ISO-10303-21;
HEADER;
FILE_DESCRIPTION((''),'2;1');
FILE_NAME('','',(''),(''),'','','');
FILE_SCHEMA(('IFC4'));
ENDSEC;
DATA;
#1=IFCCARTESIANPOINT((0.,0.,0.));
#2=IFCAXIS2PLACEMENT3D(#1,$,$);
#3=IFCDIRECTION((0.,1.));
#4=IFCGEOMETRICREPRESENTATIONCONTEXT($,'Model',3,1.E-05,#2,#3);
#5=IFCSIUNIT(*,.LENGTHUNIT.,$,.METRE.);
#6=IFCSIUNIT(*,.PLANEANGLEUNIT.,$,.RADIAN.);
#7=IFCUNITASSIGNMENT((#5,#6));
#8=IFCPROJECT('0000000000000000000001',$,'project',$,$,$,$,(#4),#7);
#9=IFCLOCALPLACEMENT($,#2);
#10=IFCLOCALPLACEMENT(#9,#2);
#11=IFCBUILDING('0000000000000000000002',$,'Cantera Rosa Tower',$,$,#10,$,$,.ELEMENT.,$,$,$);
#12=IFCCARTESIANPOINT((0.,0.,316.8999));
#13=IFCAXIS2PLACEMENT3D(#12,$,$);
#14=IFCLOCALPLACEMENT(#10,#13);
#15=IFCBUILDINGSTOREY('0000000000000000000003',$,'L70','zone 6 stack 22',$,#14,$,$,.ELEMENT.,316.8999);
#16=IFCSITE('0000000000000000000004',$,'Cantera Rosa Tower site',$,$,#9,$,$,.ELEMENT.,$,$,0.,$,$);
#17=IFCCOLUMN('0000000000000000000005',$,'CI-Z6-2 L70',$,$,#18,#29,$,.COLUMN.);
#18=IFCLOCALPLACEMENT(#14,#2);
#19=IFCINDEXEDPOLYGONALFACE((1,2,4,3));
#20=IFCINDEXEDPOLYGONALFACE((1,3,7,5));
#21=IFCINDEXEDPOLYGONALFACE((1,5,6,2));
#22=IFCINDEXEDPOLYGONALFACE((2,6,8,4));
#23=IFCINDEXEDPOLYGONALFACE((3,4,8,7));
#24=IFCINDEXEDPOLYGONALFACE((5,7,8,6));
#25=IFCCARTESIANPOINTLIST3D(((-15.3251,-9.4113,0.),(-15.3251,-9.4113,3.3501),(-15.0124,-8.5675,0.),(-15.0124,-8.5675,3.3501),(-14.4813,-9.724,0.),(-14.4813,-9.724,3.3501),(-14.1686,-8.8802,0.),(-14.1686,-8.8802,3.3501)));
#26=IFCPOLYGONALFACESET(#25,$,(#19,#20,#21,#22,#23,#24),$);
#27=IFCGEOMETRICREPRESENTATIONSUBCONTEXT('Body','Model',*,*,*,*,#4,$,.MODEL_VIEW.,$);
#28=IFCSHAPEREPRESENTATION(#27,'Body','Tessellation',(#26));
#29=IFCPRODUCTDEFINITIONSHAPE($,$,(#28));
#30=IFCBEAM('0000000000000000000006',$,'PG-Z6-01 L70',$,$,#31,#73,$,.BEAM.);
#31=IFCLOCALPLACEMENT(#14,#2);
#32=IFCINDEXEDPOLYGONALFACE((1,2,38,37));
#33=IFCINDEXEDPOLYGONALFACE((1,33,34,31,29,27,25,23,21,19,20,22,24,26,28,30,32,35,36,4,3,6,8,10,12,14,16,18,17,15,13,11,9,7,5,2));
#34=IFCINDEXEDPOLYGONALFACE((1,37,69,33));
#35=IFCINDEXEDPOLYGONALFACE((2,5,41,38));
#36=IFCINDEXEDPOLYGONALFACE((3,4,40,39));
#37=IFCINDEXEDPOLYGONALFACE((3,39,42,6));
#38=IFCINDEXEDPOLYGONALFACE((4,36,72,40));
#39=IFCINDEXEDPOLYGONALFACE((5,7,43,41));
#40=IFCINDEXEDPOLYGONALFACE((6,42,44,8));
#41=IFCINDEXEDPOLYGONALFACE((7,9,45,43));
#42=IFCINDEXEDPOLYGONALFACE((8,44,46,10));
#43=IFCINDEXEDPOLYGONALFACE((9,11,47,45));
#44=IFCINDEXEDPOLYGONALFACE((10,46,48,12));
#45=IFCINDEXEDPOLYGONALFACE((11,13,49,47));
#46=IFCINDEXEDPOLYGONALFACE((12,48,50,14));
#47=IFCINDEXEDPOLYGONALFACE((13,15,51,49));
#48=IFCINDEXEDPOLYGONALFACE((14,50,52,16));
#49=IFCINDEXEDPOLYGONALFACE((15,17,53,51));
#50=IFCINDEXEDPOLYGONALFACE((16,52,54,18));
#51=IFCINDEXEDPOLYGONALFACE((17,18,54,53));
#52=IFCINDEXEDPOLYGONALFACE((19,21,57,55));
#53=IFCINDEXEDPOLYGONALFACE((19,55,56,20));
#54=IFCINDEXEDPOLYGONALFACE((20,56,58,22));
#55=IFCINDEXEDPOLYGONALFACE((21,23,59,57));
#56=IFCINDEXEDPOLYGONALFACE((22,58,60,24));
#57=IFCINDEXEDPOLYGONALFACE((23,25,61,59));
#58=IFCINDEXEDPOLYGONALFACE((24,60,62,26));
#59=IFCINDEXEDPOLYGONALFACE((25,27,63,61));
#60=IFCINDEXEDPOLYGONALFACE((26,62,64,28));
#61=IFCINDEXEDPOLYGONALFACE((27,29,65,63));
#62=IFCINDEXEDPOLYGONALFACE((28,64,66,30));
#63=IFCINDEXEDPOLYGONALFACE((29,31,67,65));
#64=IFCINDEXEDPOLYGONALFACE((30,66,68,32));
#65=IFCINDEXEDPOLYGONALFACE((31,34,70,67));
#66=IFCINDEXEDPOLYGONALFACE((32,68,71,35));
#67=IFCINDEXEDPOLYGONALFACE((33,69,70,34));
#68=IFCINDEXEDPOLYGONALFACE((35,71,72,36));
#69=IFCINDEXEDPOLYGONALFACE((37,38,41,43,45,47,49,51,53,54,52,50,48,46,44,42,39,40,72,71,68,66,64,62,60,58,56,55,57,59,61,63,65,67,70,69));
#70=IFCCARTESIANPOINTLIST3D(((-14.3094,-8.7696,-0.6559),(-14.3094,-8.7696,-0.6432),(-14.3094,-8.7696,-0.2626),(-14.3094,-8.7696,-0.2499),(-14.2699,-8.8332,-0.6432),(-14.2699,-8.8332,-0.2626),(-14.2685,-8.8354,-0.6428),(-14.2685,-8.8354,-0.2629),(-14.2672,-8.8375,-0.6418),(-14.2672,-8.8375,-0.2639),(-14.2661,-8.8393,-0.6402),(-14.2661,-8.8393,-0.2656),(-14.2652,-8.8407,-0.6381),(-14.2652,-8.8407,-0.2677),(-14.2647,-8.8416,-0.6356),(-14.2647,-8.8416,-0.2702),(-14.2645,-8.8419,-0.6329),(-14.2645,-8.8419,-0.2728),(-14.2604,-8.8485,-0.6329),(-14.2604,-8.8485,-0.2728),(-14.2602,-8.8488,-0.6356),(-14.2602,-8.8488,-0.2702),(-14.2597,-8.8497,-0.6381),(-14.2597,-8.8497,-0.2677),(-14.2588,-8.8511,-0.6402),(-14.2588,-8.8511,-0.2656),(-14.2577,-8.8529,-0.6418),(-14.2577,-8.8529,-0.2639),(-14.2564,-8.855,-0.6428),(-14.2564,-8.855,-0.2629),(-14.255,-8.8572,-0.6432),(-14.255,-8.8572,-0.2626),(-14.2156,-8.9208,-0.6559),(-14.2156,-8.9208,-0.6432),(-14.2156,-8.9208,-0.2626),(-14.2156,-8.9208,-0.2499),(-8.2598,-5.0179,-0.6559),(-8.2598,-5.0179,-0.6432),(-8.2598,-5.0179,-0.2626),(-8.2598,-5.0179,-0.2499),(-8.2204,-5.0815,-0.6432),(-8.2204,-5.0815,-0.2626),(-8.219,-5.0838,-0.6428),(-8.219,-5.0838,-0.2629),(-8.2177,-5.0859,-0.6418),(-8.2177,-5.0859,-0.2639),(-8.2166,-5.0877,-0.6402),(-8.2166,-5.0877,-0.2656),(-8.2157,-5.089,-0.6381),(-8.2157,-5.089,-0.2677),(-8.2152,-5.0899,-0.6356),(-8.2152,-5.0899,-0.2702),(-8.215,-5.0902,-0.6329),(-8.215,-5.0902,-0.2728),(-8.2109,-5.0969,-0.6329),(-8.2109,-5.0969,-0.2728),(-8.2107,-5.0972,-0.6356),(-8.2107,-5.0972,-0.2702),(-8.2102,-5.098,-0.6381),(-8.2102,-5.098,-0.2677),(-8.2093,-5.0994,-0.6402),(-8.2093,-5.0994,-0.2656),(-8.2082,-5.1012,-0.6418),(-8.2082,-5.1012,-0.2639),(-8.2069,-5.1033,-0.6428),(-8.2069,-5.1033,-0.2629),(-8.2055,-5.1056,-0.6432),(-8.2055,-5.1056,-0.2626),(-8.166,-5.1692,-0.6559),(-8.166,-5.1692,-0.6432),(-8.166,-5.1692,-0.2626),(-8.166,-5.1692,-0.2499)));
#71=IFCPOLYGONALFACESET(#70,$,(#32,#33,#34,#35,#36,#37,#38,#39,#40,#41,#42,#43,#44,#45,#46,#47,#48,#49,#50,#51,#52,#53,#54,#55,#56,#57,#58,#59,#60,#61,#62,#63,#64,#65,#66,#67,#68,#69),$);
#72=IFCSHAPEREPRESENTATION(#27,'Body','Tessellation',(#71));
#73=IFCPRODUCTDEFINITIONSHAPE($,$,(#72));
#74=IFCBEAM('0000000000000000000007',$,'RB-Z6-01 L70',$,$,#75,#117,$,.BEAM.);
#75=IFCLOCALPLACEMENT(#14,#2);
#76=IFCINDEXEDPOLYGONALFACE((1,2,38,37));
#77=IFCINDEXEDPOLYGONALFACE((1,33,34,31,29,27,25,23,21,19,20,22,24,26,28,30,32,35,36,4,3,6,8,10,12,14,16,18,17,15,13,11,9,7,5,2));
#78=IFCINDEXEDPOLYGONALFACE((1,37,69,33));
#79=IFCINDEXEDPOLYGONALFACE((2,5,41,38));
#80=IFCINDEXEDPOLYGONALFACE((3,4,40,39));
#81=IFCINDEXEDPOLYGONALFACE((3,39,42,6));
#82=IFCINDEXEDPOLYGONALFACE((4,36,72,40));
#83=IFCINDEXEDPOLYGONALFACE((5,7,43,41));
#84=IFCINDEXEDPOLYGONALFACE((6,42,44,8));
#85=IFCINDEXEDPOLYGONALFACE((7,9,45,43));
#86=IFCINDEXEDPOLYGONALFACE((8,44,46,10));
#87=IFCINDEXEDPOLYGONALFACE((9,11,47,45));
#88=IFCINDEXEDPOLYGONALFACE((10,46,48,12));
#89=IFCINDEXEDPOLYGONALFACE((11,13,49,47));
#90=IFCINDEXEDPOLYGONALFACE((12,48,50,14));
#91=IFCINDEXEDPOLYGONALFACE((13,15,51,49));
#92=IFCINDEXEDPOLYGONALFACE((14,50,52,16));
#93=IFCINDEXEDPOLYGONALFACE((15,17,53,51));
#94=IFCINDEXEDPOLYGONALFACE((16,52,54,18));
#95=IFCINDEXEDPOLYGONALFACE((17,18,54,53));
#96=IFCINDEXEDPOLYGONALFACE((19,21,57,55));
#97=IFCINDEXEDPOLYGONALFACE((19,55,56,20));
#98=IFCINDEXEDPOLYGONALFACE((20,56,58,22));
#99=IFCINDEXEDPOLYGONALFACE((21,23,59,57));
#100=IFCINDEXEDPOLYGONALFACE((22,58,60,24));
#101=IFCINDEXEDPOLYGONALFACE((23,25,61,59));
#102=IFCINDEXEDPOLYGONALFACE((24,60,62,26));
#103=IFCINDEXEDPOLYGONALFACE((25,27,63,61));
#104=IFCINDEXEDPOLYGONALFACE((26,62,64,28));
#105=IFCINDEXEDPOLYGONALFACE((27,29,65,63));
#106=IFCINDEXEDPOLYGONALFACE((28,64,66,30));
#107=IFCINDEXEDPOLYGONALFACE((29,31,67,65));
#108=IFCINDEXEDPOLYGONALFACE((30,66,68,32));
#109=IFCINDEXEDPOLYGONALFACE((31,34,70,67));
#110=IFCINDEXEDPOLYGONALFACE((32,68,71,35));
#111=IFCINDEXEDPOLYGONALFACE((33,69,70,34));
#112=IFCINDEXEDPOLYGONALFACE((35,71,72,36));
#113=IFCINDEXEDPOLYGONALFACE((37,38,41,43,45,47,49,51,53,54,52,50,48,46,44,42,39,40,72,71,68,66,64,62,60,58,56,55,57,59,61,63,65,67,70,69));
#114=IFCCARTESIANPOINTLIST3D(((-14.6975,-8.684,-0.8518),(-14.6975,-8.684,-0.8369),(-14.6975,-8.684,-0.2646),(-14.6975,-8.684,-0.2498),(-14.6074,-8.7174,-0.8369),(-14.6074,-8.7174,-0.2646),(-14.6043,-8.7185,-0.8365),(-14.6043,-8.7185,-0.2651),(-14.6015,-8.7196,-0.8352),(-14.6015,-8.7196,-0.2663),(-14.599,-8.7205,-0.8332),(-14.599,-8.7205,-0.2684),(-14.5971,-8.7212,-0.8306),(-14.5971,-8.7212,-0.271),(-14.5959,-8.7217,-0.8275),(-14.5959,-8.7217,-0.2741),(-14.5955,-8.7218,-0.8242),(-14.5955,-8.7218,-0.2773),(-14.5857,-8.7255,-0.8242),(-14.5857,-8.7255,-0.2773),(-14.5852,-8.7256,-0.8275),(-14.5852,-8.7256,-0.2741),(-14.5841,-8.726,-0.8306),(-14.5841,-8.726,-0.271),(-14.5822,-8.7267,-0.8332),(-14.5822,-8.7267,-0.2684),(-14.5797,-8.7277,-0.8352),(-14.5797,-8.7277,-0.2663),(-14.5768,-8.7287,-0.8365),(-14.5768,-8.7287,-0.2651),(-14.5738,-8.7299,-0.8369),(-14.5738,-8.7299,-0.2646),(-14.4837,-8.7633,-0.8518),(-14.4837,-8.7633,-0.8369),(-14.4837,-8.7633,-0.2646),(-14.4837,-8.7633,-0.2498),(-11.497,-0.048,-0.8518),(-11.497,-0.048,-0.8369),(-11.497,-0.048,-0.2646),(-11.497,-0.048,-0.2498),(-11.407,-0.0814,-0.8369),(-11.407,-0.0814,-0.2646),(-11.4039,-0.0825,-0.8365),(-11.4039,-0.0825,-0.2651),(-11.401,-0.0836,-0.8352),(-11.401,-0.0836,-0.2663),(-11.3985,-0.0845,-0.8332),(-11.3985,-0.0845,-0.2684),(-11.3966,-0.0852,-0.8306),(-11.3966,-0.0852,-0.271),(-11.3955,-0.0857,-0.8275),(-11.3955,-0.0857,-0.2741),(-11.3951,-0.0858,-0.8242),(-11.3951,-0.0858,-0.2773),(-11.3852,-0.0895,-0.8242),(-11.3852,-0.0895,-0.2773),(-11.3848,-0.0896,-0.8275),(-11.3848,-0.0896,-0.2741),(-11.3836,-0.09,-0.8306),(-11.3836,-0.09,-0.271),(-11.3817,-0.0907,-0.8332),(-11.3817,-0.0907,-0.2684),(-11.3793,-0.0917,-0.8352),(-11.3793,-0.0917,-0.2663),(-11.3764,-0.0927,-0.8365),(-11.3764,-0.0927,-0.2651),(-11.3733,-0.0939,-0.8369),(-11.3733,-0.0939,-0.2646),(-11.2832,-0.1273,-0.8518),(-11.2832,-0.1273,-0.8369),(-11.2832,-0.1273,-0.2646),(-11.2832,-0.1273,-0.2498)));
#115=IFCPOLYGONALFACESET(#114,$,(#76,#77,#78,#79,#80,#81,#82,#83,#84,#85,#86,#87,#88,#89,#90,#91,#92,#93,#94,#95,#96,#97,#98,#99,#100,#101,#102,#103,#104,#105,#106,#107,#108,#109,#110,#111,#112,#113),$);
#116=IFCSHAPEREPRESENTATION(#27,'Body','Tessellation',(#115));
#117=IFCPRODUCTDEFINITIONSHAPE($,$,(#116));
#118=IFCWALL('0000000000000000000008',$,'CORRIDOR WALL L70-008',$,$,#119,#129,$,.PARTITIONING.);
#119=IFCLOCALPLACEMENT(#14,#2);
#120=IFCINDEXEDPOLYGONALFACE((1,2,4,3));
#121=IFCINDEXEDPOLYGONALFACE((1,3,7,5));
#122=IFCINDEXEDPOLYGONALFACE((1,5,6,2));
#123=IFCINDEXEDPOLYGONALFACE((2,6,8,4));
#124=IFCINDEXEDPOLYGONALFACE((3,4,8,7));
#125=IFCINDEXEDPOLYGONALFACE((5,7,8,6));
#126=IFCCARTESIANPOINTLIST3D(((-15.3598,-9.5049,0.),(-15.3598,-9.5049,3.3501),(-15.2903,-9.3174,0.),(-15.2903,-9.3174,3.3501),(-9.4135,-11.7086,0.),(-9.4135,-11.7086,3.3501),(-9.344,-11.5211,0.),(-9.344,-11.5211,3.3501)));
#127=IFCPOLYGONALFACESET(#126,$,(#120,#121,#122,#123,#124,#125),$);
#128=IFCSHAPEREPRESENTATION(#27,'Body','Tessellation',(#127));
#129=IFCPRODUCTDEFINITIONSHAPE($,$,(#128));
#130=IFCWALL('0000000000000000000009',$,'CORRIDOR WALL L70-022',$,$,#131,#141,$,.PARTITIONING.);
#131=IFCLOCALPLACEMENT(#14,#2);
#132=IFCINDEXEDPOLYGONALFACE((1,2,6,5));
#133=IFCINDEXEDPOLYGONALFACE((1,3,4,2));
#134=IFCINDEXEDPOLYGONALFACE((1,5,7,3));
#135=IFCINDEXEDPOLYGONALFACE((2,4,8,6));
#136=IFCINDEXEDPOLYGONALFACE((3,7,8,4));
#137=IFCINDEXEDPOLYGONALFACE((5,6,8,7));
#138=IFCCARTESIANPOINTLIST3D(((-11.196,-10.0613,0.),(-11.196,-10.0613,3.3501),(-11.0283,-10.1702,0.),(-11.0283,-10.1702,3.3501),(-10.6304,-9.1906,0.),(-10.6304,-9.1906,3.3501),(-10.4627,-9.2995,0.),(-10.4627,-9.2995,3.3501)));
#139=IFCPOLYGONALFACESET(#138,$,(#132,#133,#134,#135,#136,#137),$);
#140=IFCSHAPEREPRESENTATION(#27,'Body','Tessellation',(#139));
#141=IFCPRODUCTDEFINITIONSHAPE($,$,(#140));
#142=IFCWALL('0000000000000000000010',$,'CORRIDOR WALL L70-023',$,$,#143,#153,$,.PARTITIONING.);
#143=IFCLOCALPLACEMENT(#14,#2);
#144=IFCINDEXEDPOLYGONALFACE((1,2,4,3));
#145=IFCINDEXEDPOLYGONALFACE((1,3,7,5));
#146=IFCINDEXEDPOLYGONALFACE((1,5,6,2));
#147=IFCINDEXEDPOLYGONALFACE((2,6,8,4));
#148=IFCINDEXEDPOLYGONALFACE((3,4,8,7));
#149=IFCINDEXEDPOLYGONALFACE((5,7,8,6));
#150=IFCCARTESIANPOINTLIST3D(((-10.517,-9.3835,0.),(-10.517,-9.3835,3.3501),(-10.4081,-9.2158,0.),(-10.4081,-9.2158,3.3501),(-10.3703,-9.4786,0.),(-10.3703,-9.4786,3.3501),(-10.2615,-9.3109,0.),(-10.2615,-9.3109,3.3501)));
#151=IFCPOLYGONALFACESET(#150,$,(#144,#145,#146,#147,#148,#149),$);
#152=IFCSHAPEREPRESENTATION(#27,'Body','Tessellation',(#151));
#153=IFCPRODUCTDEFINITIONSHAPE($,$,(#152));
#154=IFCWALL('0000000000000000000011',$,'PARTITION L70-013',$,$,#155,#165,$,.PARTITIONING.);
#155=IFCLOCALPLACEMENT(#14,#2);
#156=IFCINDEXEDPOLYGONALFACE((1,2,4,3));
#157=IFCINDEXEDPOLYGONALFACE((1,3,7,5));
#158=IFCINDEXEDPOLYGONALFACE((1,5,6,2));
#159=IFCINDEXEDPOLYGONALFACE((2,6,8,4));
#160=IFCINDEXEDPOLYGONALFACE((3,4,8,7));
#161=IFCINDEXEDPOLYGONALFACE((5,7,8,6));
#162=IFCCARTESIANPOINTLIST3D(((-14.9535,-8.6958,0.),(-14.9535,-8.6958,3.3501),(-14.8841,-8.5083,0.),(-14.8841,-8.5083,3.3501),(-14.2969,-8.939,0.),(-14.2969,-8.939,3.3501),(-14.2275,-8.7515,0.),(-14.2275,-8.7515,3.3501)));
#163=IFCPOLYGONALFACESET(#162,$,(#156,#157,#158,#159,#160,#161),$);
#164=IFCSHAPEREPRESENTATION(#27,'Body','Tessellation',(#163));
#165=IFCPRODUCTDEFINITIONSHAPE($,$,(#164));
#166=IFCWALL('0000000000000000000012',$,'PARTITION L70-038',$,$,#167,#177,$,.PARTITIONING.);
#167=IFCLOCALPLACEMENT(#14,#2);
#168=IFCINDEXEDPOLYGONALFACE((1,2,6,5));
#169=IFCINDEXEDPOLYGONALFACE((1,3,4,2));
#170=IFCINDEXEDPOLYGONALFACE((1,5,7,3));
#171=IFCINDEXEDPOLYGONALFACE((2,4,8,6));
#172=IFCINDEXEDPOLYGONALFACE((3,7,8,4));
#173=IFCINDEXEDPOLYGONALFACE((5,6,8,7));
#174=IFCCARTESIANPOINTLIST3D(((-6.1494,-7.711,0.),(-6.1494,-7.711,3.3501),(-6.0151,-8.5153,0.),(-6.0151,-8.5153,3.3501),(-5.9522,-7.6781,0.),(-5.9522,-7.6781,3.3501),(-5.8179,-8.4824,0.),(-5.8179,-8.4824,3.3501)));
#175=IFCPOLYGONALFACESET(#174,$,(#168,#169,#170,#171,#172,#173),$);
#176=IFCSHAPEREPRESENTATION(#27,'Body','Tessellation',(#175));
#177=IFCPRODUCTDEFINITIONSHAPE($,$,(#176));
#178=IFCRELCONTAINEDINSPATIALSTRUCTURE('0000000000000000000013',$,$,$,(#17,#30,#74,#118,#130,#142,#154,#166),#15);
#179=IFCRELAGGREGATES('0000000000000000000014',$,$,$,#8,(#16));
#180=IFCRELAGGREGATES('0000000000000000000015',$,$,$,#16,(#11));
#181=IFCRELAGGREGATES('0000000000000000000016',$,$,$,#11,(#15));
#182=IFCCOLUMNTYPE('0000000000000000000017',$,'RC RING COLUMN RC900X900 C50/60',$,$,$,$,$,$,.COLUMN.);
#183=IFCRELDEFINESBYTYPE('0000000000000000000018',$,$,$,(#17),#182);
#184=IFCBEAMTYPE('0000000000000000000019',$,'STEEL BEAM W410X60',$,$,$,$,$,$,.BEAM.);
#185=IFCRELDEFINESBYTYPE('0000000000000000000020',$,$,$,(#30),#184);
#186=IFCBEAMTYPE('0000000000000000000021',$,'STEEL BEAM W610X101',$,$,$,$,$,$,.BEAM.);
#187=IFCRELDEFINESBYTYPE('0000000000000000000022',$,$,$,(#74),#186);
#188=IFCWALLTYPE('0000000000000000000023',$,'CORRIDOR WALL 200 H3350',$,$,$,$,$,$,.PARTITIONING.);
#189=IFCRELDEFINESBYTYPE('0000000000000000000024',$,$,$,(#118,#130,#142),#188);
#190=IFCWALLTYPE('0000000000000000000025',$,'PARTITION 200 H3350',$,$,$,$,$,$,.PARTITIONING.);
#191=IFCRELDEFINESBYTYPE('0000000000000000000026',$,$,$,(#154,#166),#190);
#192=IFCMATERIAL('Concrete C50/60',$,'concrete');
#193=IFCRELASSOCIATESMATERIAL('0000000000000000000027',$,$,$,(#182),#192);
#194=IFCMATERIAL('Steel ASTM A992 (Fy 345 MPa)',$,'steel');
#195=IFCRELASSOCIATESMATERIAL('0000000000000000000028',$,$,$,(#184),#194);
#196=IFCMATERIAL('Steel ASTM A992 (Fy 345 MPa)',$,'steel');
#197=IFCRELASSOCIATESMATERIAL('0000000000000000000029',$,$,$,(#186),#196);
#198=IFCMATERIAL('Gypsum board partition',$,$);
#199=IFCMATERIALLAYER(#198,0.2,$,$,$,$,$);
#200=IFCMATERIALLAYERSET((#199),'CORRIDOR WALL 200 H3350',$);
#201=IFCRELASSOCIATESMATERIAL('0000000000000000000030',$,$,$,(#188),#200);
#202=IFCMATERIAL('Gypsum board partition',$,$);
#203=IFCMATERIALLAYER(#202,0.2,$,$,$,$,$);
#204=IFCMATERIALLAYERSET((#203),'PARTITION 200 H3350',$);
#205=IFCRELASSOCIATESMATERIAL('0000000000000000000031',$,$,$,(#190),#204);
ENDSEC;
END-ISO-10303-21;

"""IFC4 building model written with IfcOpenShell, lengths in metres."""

from ifc_helpers import new_model, si_unit, direction, frame, frame_2d, origin, origin_2d, place, context, subcontext, project, spatial, rectangle, i_section, extrude, material, layer, layer_set, material_profile, profile_set, type_object, element, save


model = new_model("IFC4")

# Units and contexts
model_context = context("Model", 3, precision=1e-05, world=origin(), true_north=direction((0.0, 1.0)))
body_context = subcontext(model_context, "Body", "Model", "MODEL_VIEW")
ifc_project = project(units=[si_unit("LENGTHUNIT", "METRE"), si_unit("PLANEANGLEUNIT", "RADIAN")], contexts=[model_context])

# Site, building, storey
site_placement = place(None, origin())
site = spatial("IfcSite", under=ifc_project, at=site_placement, Name="Cantera Rosa Tower site", CompositionType="ELEMENT", RefElevation=0.0)
building_placement = place(site_placement, origin())
building = spatial("IfcBuilding", under=site, at=building_placement, Name="Cantera Rosa Tower", CompositionType="ELEMENT")
storey_placement = place(building_placement, frame((0.0, 0.0, 316.8999)))
storey = spatial("IfcBuildingStorey", under=building, at=storey_placement, Name="L70", Description="zone 6 stack 22", CompositionType="ELEMENT", Elevation=316.8999)

# Column
ifc_material_1 = material(Name="Concrete C50/60", Category="concrete")
ifc_material_profile_1 = material_profile(ifc_material_1, rectangle(XDim=0.8999, YDim=0.8999, at=origin_2d()), Name="RC RING COLUMN RC900X900 C50/60")
ifc_profile_set_1 = profile_set([ifc_material_profile_1], Name="Concrete C50/60")
column_type = type_object("IfcColumnType", Name="RC RING COLUMN RC900X900 C50/60", PredefinedType="COLUMN", material=ifc_profile_set_1)
column_placement = place(storey_placement, frame((-14.7468, -9.1458, 0.0), z_axis=(0.0, 0.0, 1.0), x_axis=(0.347481, 0.937687, 0.0)))
element("IfcColumn", 1, at=column_placement, inside=storey, type_object=column_type, Name="CI-Z6-2 L70", PredefinedType="COLUMN", context=body_context, shape_type="SweptSolid", body=[
    extrude(rectangle(XDim=0.8999, YDim=0.8999, at=origin_2d()), origin(), (0.0, 0.0, 1.0), 3.3501),
])

# Beams
ifc_material_2 = material(Name="Steel ASTM A992 (Fy 345 MPa)", Category="steel")
ifc_material_profile_2 = material_profile(ifc_material_2, i_section(OverallWidth=0.178, OverallDepth=0.406, WebThickness=0.0078, FlangeThickness=0.0127, FilletRadius=0.0103, at=origin_2d()), Name="W410X60")
ifc_profile_set_2 = profile_set([ifc_material_profile_2], Name="Steel ASTM A992 (Fy 345 MPa)")
beam_type_1 = type_object("IfcBeamType", Name="STEEL BEAM W410X60", PredefinedType="BEAM", material=ifc_profile_set_2)
beam_1_placement = place(storey_placement, frame((-14.2625, -8.8452, -0.4529), z_axis=(0.849841, 0.527039, 0.0), x_axis=(-0.527039, 0.849841, 0.0)))
element("IfcBeam", 2, at=beam_1_placement, inside=storey, type_object=beam_type_1, Name="PG-Z6-01 L70", PredefinedType="BEAM", context=body_context, shape_type="SweptSolid", body=[
    extrude(i_section(OverallWidth=0.178, OverallDepth=0.406, WebThickness=0.0078, FlangeThickness=0.0127, FilletRadius=0.0103, at=origin_2d()), origin(), (0.0, 0.0, 1.0), 7.1184),
])
ifc_material_3 = material(Name="Steel ASTM A992 (Fy 345 MPa)", Category="steel")
ifc_material_profile_3 = material_profile(ifc_material_3, i_section(OverallWidth=0.228, OverallDepth=0.6021, WebThickness=0.0105, FlangeThickness=0.0149, FilletRadius=0.0127, at=origin_2d()), Name="W610X101")
ifc_profile_set_3 = profile_set([ifc_material_profile_3], Name="Steel ASTM A992 (Fy 345 MPa)")
beam_type_2 = type_object("IfcBeamType", Name="STEEL BEAM W610X101", PredefinedType="BEAM", material=ifc_profile_set_3)
beam_2_placement = place(storey_placement, frame((-14.5906, -8.7236, -0.5508), z_axis=(0.347498, 0.937681, 0.0), x_axis=(-0.937681, 0.347498, 0.0)))
element("IfcBeam", 3, at=beam_2_placement, inside=storey, type_object=beam_type_2, Name="RB-Z6-01 L70", PredefinedType="BEAM", context=body_context, shape_type="SweptSolid", body=[
    extrude(i_section(OverallWidth=0.228, OverallDepth=0.6021, WebThickness=0.0105, FlangeThickness=0.0149, FilletRadius=0.0127, at=origin_2d()), origin(), (0.0, 0.0, 1.0), 9.21),
])

# Walls
ifc_material_4 = material(Name="Gypsum board partition")
ifc_layer_1 = layer(ifc_material_4, 0.2)
ifc_layer_set_1 = layer_set([ifc_layer_1], Name="CORRIDOR WALL 200 H3350")
wall_type_1 = type_object("IfcWallType", Name="CORRIDOR WALL 200 H3350", PredefinedType="PARTITIONING", material=ifc_layer_set_1)
wall_1_placement = place(storey_placement, frame((-15.3252, -9.4111, 0.0), z_axis=(0.0, 0.0, 1.0), x_axis=(0.937683, -0.347492, 0.0)))
element("IfcWall", 4, at=wall_1_placement, inside=storey, type_object=wall_type_1, Name="CORRIDOR WALL L70-008", PredefinedType="PARTITIONING", context=body_context, shape_type="SweptSolid", body=[
    extrude(rectangle(XDim=6.3416, YDim=0.2, at=frame_2d((3.1709, 0.0))), origin(), (0.0, 0.0, 1.0), 3.3501),
])
wall_2_placement = place(storey_placement, frame((-10.5466, -9.2451, 0.0), z_axis=(0.0, 0.0, 1.0), x_axis=(-0.544732, -0.83861, 0.0)))
element("IfcWall", 5, at=wall_2_placement, inside=storey, type_object=wall_type_1, Name="CORRIDOR WALL L70-022", PredefinedType="PARTITIONING", context=body_context, shape_type="SweptSolid", body=[
    extrude(rectangle(XDim=1.0383, YDim=0.2, at=frame_2d((0.519, 0.0))), origin(), (0.0, 0.0, 1.0), 3.3501),
])
wall_3_placement = place(storey_placement, frame((-10.3159, -9.3948, 0.0), z_axis=(0.0, 0.0, 1.0), x_axis=(-0.838858, 0.54435, 0.0)))
element("IfcWall", 6, at=wall_3_placement, inside=storey, type_object=wall_type_1, Name="CORRIDOR WALL L70-023", PredefinedType="PARTITIONING", context=body_context, shape_type="SweptSolid", body=[
    extrude(rectangle(XDim=0.1748, YDim=0.2, at=frame_2d((0.0874, 0.0))), origin(), (0.0, 0.0, 1.0), 3.3501),
])
ifc_material_5 = material(Name="Gypsum board partition")
ifc_layer_2 = layer(ifc_material_5, 0.2)
ifc_layer_set_2 = layer_set([ifc_layer_2], Name="PARTITION 200 H3350")
wall_type_2 = type_object("IfcWallType", Name="PARTITION 200 H3350", PredefinedType="PARTITIONING", material=ifc_layer_set_2)
wall_4_placement = place(storey_placement, frame((-14.2622, -8.8452, 0.0), z_axis=(0.0, 0.0, 1.0), x_axis=(-0.93774, 0.347337, 0.0)))
element("IfcWall", 7, at=wall_4_placement, inside=storey, type_object=wall_type_2, Name="PARTITION L70-013", PredefinedType="PARTITIONING", context=body_context, shape_type="SweptSolid", body=[
    extrude(rectangle(XDim=0.7002, YDim=0.2, at=frame_2d((0.3501, 0.0))), origin(), (0.0, 0.0, 1.0), 3.3501),
])
wall_5_placement = place(storey_placement, frame((-6.0508, -7.6946, 0.0), z_axis=(0.0, 0.0, 1.0), x_axis=(0.16469, -0.986345, 0.0)))
element("IfcWall", 8, at=wall_5_placement, inside=storey, type_object=wall_type_2, Name="PARTITION L70-038", PredefinedType="PARTITIONING", context=body_context, shape_type="SweptSolid", body=[
    extrude(rectangle(XDim=0.8154, YDim=0.2, at=frame_2d((0.4077, 0.0))), origin(), (0.0, 0.0, 1.0), 3.3501),
])

save(model, "model.ifc")
